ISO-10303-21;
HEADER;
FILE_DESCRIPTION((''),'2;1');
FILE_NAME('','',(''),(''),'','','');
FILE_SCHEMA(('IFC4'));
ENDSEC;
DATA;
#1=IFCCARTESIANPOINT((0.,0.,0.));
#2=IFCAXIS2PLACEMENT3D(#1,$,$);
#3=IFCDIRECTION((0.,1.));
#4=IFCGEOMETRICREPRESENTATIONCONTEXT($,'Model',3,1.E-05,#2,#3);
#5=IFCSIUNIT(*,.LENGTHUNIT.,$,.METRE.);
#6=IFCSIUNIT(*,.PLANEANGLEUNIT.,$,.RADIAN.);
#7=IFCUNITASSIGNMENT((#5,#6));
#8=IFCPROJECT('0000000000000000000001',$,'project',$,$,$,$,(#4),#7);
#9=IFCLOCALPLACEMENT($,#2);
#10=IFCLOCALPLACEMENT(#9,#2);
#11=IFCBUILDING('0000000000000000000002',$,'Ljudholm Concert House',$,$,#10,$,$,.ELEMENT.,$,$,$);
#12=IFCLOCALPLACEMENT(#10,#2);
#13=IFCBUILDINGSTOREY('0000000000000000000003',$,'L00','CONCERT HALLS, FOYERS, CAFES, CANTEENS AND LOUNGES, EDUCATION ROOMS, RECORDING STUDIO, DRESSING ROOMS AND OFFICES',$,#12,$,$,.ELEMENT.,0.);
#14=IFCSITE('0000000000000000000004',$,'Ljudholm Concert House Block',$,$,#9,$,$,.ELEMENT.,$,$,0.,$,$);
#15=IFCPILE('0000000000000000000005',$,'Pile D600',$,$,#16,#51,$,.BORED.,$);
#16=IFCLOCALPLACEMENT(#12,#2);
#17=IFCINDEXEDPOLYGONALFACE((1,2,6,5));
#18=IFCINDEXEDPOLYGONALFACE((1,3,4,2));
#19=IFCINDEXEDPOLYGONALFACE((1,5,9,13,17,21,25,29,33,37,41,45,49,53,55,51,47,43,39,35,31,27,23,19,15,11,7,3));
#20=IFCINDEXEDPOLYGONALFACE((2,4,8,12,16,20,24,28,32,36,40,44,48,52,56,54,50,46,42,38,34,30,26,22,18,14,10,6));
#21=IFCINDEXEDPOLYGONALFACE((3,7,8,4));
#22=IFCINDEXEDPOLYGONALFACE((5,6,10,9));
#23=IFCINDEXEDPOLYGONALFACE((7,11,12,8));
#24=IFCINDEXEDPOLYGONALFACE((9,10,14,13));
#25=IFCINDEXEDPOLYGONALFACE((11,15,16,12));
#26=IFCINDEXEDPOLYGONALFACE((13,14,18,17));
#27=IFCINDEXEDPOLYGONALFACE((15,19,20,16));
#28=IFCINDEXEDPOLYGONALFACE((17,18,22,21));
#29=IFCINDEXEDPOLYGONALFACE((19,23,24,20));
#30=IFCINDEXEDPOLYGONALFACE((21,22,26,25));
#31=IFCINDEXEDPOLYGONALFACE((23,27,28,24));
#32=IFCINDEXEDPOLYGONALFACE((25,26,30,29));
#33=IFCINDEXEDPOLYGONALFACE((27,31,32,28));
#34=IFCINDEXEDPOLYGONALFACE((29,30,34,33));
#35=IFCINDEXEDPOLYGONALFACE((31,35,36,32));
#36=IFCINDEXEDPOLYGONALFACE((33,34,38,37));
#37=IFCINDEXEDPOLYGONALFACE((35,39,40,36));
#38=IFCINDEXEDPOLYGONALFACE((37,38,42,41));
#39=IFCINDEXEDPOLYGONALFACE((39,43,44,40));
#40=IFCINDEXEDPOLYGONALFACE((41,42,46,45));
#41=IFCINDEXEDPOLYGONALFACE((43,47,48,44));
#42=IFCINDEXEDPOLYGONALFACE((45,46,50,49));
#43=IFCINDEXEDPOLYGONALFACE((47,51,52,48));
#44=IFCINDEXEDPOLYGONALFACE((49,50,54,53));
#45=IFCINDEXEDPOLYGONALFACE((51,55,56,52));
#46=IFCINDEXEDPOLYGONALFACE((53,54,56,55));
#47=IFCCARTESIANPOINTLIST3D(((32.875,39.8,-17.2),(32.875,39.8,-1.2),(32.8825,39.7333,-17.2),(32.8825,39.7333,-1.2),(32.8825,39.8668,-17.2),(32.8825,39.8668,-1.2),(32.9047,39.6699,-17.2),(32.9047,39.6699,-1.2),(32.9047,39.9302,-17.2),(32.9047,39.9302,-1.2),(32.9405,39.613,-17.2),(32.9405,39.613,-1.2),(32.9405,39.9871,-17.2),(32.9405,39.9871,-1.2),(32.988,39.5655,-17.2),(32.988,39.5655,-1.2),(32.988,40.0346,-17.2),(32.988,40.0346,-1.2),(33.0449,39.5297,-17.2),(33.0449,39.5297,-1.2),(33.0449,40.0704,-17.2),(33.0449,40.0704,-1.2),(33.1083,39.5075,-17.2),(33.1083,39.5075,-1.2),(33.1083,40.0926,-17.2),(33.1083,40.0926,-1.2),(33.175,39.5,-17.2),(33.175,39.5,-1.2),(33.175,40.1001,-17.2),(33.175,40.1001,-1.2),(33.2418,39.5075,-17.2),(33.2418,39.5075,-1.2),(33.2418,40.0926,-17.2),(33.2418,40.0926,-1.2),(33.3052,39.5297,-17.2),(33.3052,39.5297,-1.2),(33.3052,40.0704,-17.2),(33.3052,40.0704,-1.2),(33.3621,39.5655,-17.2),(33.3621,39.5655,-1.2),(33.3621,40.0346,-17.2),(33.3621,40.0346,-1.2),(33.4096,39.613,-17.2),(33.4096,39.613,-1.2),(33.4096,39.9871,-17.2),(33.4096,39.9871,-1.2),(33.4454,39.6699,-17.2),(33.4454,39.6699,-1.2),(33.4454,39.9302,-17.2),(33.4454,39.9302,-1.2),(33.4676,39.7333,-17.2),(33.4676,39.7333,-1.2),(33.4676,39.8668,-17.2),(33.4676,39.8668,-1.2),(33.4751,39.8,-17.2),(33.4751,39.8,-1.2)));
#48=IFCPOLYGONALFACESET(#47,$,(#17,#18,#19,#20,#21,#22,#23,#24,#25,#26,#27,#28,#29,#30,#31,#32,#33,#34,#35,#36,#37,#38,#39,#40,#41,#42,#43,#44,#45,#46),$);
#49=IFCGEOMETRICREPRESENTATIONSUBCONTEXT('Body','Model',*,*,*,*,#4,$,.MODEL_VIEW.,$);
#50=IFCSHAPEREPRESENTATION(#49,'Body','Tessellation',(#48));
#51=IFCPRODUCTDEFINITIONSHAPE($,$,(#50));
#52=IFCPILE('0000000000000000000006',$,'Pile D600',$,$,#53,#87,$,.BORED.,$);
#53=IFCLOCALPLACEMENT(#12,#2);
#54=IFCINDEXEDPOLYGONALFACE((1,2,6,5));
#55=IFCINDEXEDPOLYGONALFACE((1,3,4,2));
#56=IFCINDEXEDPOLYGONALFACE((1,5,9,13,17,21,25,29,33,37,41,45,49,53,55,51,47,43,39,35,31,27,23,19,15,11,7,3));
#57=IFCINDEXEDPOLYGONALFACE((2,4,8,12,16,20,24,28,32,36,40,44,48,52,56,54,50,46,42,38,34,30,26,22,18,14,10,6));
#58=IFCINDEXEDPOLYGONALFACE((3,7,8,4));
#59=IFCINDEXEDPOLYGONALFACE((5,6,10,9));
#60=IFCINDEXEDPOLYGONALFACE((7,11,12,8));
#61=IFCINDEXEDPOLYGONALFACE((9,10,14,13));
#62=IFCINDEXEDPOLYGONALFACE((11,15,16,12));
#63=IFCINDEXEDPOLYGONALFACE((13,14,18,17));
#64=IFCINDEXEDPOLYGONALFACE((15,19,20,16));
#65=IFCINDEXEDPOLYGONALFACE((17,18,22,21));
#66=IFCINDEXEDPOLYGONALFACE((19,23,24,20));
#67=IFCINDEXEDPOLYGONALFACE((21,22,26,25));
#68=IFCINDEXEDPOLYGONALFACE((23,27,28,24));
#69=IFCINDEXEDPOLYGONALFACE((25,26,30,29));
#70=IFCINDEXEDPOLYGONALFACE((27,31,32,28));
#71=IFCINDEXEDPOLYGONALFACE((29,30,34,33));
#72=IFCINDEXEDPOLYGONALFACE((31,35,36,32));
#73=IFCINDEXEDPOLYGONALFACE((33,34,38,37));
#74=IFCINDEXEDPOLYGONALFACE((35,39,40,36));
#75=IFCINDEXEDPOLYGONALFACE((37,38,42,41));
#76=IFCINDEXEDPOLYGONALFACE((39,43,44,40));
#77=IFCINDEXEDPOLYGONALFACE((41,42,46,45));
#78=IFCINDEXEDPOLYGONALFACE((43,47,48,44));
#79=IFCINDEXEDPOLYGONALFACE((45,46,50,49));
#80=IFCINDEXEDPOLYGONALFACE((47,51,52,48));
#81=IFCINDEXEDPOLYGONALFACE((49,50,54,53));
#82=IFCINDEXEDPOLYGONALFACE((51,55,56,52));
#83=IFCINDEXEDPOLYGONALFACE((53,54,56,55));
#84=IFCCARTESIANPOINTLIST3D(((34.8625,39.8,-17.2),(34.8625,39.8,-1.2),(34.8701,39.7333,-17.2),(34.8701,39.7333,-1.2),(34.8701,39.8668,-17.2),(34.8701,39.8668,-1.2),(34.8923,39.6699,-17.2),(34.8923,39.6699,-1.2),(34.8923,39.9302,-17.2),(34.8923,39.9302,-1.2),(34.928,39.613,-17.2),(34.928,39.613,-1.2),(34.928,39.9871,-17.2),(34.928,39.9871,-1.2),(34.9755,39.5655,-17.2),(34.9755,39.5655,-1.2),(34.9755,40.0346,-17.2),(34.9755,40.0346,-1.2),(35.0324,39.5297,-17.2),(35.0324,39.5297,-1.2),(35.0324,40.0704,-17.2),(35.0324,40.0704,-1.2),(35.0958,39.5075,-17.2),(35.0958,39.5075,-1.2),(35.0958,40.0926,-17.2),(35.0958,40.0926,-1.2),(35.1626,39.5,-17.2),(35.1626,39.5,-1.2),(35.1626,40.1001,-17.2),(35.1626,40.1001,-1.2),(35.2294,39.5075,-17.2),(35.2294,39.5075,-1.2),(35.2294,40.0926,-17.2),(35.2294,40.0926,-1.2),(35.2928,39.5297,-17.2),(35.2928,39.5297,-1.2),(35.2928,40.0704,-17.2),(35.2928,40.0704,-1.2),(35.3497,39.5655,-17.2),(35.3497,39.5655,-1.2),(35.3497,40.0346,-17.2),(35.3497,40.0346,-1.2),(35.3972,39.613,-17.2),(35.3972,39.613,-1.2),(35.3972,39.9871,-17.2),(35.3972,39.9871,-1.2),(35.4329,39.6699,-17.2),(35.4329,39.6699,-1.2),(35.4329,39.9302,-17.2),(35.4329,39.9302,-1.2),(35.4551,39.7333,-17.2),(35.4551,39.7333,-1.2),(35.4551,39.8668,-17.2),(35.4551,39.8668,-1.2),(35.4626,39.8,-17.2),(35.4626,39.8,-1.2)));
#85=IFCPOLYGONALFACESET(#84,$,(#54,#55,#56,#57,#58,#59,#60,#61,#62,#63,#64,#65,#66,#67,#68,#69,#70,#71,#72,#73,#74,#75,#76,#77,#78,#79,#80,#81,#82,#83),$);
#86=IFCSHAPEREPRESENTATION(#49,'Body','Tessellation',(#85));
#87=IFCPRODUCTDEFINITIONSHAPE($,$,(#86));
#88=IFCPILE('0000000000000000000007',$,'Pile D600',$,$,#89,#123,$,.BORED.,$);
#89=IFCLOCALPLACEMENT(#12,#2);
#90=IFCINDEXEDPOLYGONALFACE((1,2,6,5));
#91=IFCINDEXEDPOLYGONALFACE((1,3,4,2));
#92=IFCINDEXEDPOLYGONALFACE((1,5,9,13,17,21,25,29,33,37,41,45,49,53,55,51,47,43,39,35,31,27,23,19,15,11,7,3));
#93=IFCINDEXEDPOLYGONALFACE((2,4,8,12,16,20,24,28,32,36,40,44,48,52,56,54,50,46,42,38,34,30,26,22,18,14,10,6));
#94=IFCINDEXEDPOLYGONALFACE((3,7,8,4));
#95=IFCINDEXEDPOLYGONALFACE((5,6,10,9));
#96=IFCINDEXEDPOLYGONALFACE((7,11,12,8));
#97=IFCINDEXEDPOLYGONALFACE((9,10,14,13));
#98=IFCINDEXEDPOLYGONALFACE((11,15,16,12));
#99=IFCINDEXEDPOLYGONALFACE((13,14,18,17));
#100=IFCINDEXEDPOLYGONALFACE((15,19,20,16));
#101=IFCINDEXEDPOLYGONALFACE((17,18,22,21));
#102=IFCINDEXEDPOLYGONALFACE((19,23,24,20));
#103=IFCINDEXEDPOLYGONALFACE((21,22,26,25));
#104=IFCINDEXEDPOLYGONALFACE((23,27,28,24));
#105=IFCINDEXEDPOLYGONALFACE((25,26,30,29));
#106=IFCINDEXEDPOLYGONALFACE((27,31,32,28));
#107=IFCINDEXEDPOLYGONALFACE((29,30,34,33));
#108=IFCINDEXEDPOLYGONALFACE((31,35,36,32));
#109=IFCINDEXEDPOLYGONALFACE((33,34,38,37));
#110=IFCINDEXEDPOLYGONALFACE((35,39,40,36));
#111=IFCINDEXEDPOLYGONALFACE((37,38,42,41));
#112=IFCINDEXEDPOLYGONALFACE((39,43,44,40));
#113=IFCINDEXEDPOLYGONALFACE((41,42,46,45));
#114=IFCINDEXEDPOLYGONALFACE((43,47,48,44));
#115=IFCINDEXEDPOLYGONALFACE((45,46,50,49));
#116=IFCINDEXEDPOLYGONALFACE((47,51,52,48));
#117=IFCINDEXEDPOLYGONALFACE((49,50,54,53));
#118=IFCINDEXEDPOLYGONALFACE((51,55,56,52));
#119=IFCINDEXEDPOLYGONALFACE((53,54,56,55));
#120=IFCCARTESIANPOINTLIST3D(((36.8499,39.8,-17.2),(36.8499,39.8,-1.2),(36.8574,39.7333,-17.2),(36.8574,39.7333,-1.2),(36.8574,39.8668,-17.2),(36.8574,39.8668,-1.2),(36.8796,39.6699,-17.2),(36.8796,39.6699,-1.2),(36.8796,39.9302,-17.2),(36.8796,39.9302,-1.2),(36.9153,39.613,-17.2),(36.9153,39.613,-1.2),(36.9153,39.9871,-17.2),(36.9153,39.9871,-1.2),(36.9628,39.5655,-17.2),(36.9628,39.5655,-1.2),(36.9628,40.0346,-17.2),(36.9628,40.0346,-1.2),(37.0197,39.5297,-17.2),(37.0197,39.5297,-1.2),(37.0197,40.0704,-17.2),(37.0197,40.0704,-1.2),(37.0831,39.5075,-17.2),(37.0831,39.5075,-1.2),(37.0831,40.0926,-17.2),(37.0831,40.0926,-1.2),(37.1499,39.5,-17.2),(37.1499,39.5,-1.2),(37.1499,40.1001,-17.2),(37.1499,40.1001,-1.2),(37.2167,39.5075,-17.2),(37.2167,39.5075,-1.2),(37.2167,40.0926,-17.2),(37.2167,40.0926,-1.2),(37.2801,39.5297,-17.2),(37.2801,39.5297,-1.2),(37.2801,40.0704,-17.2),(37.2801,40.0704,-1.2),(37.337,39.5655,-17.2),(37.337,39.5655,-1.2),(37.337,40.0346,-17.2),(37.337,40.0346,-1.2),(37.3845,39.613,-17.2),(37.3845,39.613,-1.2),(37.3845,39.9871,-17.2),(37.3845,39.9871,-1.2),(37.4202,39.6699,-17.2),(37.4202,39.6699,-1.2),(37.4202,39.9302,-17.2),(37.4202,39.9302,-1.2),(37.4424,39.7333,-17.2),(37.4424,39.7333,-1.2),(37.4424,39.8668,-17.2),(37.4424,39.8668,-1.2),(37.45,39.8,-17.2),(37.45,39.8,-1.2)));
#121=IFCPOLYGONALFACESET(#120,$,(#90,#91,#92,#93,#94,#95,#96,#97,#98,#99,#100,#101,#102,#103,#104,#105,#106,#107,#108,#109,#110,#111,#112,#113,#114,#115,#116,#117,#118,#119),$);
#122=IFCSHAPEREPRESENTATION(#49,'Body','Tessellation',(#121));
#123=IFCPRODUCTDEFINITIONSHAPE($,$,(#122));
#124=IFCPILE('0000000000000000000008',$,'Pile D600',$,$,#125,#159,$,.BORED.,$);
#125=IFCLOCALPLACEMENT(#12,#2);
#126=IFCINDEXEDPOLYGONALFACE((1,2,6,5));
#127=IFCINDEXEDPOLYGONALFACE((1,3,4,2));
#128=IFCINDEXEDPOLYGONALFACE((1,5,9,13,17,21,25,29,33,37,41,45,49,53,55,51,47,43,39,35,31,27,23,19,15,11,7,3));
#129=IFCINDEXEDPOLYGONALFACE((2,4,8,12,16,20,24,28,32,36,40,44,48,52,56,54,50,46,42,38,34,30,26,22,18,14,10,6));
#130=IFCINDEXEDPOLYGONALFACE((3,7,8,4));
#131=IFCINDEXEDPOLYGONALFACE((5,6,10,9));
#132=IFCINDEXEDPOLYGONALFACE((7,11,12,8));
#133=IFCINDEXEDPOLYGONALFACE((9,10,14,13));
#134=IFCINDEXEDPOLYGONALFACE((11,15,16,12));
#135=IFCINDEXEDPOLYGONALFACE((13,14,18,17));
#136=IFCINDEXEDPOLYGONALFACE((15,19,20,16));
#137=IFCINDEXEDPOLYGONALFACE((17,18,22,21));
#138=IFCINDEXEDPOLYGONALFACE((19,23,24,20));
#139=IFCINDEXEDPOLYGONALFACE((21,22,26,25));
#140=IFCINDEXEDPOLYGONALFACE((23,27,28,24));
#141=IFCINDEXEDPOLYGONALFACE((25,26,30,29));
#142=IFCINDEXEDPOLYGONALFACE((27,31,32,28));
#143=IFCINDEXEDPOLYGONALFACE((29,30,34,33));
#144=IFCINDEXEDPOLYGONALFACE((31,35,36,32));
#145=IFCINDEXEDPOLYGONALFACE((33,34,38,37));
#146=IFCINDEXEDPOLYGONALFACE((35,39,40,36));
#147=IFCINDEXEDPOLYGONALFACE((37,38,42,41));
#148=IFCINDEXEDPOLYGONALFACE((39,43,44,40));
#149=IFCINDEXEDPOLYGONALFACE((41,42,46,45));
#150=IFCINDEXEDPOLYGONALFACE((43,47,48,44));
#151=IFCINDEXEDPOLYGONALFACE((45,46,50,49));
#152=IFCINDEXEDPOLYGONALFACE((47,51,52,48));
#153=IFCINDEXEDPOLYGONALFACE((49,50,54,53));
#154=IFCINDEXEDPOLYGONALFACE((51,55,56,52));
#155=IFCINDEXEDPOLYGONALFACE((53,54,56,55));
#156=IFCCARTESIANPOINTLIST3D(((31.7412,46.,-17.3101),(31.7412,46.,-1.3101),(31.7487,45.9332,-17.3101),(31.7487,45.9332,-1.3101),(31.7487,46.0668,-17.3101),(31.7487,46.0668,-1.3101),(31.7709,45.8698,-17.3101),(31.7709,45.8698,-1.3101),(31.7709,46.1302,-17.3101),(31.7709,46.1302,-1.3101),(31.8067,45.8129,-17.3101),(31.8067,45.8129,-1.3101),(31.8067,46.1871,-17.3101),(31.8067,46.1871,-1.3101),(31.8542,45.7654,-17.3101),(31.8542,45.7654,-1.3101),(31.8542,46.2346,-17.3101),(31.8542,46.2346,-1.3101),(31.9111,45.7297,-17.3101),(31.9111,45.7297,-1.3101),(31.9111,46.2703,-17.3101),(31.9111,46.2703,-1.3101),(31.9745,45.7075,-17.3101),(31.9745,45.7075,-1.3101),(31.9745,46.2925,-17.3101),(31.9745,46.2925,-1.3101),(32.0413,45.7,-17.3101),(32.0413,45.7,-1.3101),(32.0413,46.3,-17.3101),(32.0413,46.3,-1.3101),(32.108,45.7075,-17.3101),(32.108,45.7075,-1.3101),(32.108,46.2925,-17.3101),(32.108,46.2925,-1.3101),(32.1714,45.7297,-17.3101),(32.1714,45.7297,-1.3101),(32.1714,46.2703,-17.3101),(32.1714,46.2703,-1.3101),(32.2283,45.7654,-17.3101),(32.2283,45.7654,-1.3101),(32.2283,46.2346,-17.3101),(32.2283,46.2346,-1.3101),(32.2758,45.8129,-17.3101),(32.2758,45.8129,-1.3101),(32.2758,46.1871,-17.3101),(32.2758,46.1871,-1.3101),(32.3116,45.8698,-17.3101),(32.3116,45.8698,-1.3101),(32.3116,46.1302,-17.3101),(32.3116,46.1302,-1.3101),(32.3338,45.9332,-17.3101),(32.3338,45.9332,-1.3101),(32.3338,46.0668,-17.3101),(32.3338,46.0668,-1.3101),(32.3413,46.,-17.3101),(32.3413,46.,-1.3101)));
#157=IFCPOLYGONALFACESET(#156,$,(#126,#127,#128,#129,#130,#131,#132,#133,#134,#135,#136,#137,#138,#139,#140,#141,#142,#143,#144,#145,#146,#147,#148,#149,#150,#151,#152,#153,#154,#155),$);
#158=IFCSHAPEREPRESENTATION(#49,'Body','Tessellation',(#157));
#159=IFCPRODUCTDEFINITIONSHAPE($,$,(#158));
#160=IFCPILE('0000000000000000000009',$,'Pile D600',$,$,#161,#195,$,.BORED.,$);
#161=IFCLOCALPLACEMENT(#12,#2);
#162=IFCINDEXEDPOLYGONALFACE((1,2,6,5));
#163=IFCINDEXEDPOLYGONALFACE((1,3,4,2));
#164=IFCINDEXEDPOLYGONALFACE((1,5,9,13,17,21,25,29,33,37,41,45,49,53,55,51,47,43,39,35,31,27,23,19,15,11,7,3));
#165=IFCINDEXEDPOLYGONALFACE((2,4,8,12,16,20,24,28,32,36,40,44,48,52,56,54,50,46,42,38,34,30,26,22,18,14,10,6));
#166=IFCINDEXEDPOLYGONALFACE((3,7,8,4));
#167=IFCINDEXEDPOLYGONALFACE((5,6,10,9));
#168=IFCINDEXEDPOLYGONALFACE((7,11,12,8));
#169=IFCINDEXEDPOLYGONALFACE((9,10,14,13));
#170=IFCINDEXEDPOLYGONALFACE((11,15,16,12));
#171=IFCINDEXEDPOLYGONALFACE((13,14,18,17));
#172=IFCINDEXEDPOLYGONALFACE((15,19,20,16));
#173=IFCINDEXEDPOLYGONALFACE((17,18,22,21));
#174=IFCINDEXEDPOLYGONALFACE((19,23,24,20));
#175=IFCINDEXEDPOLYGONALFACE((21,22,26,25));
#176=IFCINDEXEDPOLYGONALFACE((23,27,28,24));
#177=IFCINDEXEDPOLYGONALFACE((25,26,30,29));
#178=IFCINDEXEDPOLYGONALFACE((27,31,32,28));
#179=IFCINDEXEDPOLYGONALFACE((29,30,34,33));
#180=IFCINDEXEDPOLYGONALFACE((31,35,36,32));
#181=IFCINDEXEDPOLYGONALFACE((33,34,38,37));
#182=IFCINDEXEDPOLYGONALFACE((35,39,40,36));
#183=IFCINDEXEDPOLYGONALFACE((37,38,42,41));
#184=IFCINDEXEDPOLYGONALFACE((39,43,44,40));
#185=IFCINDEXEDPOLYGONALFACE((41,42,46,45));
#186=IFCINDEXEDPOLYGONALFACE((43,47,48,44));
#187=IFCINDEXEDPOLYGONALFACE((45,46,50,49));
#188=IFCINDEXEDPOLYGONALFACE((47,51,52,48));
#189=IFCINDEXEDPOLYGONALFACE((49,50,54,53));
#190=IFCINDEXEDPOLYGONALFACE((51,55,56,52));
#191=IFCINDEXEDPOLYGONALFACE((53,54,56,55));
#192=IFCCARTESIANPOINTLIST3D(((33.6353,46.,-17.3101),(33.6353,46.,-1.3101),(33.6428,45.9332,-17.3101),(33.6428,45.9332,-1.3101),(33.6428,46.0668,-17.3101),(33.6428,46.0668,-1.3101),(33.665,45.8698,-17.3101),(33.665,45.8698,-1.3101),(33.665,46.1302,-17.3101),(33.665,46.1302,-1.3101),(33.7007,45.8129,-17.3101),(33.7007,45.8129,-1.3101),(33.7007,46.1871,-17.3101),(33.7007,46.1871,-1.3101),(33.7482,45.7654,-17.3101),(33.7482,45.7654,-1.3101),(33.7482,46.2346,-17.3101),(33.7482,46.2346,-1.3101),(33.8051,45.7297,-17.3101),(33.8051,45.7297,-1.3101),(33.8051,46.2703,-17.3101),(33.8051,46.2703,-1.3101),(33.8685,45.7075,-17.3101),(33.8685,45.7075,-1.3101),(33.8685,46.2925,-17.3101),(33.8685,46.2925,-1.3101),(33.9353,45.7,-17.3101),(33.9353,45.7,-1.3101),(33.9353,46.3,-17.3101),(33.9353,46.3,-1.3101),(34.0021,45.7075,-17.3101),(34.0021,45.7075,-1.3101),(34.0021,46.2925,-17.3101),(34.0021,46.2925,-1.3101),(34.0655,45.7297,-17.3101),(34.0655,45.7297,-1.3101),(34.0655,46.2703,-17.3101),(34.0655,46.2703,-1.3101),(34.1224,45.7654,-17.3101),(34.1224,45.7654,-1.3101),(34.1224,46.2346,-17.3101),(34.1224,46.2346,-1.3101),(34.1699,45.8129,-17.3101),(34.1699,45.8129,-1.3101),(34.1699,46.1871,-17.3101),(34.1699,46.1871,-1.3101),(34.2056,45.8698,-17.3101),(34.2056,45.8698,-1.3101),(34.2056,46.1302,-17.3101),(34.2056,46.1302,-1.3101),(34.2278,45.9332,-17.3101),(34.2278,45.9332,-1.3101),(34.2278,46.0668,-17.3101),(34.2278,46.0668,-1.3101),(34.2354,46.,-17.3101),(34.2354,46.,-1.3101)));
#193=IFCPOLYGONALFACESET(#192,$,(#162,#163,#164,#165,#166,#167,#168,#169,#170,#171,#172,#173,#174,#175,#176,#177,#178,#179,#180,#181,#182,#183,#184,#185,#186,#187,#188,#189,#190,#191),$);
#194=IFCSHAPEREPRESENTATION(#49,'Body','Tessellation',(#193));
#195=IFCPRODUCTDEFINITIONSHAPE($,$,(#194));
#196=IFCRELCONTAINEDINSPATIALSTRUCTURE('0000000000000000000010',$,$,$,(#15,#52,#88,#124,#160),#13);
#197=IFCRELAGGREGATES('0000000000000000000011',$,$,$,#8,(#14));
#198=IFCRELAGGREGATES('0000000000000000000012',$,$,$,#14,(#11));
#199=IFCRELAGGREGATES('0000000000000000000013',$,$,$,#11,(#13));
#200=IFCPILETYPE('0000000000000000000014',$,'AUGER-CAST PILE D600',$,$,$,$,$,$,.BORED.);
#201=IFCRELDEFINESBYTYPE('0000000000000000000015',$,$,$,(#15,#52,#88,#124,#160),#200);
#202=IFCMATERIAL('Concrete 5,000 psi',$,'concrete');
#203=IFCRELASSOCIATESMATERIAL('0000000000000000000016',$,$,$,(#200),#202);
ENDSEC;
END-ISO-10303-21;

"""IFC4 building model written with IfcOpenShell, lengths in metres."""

from ifc_helpers import new_model, si_unit, direction, frame, origin, origin_2d, place, context, subcontext, project, spatial, circle, extrude, material, material_profile, profile_set, type_object, element, save


model = new_model("IFC4")

# Units and contexts
model_context = context("Model", 3, precision=1e-05, world=origin(), true_north=direction((0.0, 1.0)))
body_context = subcontext(model_context, "Body", "Model", "MODEL_VIEW")
ifc_project = project(units=[si_unit("LENGTHUNIT", "METRE"), si_unit("PLANEANGLEUNIT", "RADIAN")], contexts=[model_context])

# Site, building, storey
site_placement = place(None, origin())
site = spatial("IfcSite", under=ifc_project, at=site_placement, Name="Ljudholm Concert House Block", CompositionType="ELEMENT", RefElevation=0.0)
building_placement = place(site_placement, origin())
building = spatial("IfcBuilding", under=site, at=building_placement, Name="Ljudholm Concert House", CompositionType="ELEMENT")
storey_placement = place(building_placement, origin())
storey = spatial("IfcBuildingStorey", under=building, at=storey_placement, Name="L00", Description="CONCERT HALLS, FOYERS, CAFES, CANTEENS AND LOUNGES, EDUCATION ROOMS, RECORDING STUDIO, DRESSING ROOMS AND OFFICES", CompositionType="ELEMENT", Elevation=0.0)

# Piles
ifc_material_1 = material(Name="Concrete 5,000 psi", Category="concrete")
ifc_material_profile_1 = material_profile(ifc_material_1, circle(Radius=0.3, at=origin_2d()), Name="AUGER-CAST PILE D600")
ifc_profile_set_1 = profile_set([ifc_material_profile_1], Name="Concrete 5,000 psi")
pile_type_1 = type_object("IfcPileType", Name="AUGER-CAST PILE D600", PredefinedType="BORED", material=ifc_profile_set_1)
for number, where, z_axis, x_axis, name in (
    (1, (33.175, 39.8, -1.2), (0.0, 0.0, -1.0), (1.0, 0.0, 0.0), "Pile D600"),
    (2, (35.1626, 39.8, -1.2), (0.0, 0.0, -1.0), (1.0, 0.0, 0.0), "Pile D600"),
    (3, (37.1499, 39.8, -1.2), (0.0, 0.0, -1.0), (1.0, 0.0, 0.0), "Pile D600"),
    (4, (32.0413, 46.0, -1.3101), (0.0, 0.0, -1.0), (1.0, 0.0, 0.0), "Pile D600"),
    (5, (33.9353, 46.0, -1.3101), (0.0, 0.0, -1.0), (1.0, 0.0, 0.0), "Pile D600"),
):
    element("IfcPile", number, at=place(storey_placement, frame(where, z_axis=z_axis, x_axis=x_axis)), inside=storey, type_object=pile_type_1, Name=name, PredefinedType="BORED", context=body_context, shape_type="SweptSolid", body=[
        extrude(circle(Radius=0.3, at=origin_2d()), origin(), (0.0, 0.0, 1.0), 16.0),
    ])

save(model, "model.ifc")
